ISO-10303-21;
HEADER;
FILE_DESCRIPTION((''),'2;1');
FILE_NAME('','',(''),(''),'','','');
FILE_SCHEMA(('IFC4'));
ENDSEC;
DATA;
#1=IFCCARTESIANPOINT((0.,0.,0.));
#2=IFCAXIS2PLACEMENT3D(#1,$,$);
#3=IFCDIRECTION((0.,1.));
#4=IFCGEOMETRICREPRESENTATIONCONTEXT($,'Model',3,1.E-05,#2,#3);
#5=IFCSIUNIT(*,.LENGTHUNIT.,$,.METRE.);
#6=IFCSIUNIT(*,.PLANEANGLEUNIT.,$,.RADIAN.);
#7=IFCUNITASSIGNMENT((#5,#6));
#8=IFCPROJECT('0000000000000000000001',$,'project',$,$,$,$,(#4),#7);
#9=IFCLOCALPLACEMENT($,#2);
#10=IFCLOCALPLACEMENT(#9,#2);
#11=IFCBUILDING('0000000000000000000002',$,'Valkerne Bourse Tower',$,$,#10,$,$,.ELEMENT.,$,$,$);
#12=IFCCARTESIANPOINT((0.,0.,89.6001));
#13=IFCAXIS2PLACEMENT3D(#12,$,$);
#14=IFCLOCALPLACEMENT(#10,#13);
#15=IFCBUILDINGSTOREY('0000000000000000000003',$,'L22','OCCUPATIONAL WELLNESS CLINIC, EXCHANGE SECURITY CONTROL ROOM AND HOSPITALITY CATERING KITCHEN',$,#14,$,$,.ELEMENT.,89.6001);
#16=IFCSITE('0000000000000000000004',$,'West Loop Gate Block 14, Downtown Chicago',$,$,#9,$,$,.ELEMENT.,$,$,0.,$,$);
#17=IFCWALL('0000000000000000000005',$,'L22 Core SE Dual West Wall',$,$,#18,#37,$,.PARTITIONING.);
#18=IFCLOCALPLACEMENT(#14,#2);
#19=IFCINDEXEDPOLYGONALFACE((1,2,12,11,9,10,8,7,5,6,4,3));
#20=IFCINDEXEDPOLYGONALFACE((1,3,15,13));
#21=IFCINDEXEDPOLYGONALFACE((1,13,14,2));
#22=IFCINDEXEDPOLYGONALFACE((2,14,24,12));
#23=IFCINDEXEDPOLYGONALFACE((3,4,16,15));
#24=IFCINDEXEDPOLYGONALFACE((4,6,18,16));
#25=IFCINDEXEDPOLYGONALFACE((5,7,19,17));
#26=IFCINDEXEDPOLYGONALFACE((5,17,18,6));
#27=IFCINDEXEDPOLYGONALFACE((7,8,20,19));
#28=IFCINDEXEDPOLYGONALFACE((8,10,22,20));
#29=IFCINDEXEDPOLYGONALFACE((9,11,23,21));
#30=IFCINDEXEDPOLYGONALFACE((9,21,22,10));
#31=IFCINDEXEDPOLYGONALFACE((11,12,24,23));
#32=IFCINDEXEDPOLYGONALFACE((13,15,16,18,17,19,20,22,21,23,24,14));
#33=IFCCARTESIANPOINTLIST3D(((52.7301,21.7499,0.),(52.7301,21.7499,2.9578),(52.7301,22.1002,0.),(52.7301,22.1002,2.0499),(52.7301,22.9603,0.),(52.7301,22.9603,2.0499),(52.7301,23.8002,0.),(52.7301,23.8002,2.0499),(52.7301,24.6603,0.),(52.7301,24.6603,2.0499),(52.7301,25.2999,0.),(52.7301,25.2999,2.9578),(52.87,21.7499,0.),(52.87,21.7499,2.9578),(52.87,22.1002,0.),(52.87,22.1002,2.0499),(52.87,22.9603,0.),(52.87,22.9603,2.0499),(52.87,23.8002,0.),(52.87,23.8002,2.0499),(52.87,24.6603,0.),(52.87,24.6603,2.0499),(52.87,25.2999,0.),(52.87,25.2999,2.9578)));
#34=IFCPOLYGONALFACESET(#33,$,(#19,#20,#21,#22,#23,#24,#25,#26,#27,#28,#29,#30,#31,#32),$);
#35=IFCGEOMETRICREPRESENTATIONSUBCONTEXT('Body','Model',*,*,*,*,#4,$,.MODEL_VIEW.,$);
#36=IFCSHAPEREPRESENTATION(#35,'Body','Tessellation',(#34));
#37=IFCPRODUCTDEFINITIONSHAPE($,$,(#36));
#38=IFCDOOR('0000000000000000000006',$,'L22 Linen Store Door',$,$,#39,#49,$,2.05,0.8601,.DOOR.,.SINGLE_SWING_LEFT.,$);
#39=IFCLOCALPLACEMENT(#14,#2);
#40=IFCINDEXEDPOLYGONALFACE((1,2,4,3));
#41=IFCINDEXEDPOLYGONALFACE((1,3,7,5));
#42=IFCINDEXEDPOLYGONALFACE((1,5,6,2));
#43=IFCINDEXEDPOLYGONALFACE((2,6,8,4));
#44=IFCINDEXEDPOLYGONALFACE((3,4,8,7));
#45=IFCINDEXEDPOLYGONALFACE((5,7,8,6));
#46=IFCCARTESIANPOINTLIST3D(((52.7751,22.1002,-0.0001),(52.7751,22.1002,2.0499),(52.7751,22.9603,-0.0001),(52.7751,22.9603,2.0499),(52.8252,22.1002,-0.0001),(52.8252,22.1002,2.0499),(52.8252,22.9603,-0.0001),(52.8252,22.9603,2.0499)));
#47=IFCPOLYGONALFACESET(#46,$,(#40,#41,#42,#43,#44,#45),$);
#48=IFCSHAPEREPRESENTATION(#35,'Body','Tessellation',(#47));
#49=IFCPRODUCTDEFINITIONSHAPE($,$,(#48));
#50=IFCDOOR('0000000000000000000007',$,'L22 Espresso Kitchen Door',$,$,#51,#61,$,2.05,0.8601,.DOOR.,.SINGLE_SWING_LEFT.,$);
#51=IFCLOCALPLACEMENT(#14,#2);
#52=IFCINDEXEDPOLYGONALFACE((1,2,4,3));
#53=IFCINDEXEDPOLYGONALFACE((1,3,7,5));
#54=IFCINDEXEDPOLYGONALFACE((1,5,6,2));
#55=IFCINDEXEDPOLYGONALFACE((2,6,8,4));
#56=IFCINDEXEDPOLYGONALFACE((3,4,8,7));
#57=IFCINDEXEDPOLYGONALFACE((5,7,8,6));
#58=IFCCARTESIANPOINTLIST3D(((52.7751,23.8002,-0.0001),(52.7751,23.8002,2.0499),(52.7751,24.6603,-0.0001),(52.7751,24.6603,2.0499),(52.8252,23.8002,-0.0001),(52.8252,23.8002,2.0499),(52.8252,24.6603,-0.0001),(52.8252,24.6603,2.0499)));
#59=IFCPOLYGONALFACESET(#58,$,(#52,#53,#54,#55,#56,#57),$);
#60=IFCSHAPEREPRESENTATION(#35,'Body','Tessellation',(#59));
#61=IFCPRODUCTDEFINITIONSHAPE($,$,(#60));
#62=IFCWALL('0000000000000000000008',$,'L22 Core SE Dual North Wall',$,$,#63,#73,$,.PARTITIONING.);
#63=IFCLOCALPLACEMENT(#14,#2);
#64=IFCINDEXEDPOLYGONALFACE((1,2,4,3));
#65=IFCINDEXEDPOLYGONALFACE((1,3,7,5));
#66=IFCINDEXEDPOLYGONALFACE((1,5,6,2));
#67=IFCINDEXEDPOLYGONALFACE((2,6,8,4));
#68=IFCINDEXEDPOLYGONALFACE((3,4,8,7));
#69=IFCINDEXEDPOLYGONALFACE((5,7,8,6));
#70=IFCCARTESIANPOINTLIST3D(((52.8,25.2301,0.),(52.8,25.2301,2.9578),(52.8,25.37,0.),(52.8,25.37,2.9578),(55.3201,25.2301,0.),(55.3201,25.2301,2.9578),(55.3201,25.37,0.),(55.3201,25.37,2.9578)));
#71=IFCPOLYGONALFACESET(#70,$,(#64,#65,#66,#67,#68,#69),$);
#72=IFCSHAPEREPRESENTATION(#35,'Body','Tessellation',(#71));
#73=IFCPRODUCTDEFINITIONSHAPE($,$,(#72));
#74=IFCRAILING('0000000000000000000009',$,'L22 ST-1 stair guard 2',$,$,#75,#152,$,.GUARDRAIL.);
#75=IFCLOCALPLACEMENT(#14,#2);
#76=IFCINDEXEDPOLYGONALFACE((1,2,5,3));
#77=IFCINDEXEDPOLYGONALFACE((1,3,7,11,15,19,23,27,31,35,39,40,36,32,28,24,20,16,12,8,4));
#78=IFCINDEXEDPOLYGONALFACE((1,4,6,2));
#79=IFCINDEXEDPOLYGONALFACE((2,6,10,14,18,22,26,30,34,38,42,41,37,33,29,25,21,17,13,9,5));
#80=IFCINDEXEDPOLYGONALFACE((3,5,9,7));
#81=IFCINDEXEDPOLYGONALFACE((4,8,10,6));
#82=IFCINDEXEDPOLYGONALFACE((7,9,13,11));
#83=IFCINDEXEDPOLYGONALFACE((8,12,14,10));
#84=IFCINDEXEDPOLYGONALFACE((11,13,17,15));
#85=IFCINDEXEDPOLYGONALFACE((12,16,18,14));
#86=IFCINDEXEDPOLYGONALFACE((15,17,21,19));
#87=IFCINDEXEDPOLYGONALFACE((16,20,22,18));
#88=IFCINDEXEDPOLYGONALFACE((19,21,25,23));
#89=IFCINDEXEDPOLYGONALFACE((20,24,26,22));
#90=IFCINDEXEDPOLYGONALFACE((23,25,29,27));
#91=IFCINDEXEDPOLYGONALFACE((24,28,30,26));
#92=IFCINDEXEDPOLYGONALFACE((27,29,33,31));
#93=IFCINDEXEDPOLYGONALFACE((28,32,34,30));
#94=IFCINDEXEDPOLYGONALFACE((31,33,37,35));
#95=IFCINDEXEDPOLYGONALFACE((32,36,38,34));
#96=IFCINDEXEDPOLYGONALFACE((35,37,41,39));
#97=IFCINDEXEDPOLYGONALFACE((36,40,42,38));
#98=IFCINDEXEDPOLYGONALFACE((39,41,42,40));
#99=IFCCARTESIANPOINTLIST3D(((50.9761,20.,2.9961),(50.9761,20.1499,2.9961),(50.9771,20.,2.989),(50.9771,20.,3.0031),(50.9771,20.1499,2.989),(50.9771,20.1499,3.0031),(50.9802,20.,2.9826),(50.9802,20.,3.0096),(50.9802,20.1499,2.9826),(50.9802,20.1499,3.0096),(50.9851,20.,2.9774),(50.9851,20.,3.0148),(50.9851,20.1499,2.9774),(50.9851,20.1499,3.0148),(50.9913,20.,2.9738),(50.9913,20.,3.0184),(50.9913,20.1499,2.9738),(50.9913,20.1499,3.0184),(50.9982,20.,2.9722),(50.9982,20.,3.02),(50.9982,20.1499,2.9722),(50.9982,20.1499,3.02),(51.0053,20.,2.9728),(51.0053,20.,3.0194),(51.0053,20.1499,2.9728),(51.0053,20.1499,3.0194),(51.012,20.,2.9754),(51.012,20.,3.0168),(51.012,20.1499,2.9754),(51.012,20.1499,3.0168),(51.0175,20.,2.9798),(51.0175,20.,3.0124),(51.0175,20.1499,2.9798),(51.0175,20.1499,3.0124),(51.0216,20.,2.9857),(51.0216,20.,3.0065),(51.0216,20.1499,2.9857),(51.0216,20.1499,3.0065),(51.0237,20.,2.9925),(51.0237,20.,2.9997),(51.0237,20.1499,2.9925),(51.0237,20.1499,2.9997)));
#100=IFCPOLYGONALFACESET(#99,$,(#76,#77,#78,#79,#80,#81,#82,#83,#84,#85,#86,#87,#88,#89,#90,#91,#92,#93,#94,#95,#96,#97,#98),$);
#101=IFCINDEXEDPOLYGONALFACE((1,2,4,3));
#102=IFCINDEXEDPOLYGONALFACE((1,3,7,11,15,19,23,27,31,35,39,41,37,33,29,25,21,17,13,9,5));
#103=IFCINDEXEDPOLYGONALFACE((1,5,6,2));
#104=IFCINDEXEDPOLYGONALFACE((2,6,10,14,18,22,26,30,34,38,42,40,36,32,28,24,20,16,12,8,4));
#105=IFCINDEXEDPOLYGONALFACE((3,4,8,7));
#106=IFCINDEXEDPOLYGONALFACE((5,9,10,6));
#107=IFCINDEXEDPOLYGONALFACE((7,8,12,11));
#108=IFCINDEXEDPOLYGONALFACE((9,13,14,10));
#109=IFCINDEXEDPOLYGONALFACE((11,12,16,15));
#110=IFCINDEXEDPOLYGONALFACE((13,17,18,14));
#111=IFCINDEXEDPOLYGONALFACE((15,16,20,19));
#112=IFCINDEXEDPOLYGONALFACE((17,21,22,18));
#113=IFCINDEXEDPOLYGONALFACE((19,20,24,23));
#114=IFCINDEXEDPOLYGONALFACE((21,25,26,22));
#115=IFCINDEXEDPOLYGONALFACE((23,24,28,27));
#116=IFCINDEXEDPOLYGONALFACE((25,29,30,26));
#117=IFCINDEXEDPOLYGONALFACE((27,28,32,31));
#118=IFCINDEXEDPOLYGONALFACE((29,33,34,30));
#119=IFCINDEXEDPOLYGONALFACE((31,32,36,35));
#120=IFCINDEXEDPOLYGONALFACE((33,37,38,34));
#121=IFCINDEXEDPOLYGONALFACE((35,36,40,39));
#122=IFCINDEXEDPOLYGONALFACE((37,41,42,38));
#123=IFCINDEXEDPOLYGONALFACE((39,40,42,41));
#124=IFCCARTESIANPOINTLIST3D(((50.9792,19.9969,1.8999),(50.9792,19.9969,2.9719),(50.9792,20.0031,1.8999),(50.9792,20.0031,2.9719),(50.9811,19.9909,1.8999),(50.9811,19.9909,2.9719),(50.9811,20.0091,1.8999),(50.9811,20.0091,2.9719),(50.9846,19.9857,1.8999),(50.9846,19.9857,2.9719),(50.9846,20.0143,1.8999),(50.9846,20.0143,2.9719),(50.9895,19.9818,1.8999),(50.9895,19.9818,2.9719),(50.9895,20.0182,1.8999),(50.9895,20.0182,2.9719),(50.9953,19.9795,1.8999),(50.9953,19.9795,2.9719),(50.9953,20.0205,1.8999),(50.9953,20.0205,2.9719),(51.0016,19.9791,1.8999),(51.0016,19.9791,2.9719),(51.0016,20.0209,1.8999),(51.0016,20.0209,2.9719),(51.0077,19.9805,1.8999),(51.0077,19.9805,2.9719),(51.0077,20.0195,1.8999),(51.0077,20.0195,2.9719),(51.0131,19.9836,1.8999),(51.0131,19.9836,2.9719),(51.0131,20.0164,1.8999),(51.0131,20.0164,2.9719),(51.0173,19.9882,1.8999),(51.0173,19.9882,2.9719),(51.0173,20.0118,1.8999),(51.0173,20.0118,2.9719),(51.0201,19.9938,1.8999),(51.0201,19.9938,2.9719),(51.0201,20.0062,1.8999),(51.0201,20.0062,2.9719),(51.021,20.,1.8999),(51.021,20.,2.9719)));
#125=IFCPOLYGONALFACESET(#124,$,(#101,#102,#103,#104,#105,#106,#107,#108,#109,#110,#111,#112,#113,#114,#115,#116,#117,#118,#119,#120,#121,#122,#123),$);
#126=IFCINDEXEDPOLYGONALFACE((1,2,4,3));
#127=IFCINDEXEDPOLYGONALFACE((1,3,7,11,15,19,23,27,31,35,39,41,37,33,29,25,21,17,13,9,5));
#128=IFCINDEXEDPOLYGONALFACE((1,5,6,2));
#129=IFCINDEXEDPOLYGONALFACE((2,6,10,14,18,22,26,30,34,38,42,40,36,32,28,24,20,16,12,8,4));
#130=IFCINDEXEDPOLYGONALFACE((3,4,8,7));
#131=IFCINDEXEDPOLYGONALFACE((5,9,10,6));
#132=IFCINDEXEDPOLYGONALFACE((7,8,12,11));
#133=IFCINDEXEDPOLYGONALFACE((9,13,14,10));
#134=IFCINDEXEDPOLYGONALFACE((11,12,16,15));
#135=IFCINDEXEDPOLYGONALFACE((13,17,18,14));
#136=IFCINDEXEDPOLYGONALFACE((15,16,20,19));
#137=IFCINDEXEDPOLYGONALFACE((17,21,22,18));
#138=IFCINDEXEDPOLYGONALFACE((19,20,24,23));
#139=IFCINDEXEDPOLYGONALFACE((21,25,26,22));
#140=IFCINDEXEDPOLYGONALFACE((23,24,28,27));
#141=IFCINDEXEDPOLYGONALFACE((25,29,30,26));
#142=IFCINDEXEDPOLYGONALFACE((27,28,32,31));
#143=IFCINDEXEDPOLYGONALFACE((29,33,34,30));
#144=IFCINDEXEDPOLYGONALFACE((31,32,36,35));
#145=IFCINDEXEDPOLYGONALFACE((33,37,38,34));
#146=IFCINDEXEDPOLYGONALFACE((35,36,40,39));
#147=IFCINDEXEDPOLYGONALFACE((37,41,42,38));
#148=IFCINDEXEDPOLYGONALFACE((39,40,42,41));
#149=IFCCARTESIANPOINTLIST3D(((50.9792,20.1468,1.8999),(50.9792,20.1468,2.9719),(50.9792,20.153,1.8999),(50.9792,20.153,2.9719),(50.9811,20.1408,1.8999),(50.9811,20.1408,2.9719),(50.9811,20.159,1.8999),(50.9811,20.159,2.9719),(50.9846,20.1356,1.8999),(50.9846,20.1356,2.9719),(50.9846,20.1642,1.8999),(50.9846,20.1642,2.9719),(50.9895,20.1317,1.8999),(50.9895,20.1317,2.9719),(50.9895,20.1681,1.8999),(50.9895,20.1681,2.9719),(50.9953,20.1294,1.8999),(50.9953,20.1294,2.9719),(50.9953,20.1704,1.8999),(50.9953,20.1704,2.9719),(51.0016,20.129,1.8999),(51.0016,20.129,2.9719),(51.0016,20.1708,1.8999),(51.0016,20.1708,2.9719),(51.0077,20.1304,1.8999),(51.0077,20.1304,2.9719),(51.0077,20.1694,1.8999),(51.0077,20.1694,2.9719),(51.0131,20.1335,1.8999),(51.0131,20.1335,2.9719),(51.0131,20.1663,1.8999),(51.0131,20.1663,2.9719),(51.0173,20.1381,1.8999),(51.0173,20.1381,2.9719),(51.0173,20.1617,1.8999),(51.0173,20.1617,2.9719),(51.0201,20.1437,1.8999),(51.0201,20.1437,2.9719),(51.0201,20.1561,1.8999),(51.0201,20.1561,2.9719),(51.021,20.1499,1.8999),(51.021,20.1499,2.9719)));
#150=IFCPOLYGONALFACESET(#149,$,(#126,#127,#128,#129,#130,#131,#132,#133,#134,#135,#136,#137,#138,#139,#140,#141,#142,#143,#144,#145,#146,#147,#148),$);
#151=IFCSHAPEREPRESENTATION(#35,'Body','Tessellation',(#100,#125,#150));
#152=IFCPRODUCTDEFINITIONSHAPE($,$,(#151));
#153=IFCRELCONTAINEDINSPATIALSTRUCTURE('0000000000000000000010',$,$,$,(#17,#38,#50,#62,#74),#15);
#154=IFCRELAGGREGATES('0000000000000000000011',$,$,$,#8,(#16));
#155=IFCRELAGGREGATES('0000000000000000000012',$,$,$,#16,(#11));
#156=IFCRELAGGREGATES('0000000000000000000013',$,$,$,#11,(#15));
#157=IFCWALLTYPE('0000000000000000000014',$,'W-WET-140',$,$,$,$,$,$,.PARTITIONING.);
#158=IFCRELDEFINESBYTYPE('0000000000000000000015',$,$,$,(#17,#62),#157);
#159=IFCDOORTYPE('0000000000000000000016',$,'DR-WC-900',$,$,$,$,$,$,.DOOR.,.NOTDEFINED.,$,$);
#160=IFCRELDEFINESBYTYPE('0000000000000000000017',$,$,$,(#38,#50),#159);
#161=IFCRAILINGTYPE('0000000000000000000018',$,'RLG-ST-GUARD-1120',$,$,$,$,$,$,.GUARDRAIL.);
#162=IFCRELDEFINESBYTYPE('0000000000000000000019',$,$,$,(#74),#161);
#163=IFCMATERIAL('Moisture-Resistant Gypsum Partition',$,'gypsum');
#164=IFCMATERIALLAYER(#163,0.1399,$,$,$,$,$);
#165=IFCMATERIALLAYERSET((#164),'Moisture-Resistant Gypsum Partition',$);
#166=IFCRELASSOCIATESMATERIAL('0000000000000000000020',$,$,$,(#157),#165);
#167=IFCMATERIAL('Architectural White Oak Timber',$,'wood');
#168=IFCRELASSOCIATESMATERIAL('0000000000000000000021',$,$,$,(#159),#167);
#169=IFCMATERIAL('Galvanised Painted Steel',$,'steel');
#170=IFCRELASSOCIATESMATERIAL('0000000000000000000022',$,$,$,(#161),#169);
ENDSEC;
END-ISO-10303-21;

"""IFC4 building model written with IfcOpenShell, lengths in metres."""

from ifc_helpers import new_model, si_unit, direction, frame, frame_2d, origin, origin_2d, place, context, subcontext, project, spatial, rectangle, circle, extrude, material, layer, layer_set, type_object, element, fill, save


model = new_model("IFC4")

# Units and contexts
model_context = context("Model", 3, precision=1e-05, world=origin(), true_north=direction((0.0, 1.0)))
body_context = subcontext(model_context, "Body", "Model", "MODEL_VIEW")
ifc_project = project(units=[si_unit("LENGTHUNIT", "METRE"), si_unit("PLANEANGLEUNIT", "RADIAN")], contexts=[model_context])

# Site, building, storey
site_placement = place(None, origin())
site = spatial("IfcSite", under=ifc_project, at=site_placement, Name="West Loop Gate Block 14, Downtown Chicago", CompositionType="ELEMENT", RefElevation=0.0)
building_placement = place(site_placement, origin())
building = spatial("IfcBuilding", under=site, at=building_placement, Name="Valkerne Bourse Tower", CompositionType="ELEMENT")
storey_placement = place(building_placement, frame((0.0, 0.0, 89.6001)))
storey = spatial("IfcBuildingStorey", under=building, at=storey_placement, Name="L22", Description="OCCUPATIONAL WELLNESS CLINIC, EXCHANGE SECURITY CONTROL ROOM AND HOSPITALITY CATERING KITCHEN", CompositionType="ELEMENT", Elevation=89.6001)

# Shared definitions
ifc_material_1 = material(Name="Galvanised Painted Steel", Category="steel")

# Wall, openings, doors
ifc_material_2 = material(Name="Moisture-Resistant Gypsum Partition", Category="gypsum")
ifc_layer_1 = layer(ifc_material_2, 0.1399)
ifc_layer_set_1 = layer_set([ifc_layer_1], Name="Moisture-Resistant Gypsum Partition")
wall_type_1 = type_object("IfcWallType", Name="W-WET-140", PredefinedType="PARTITIONING", material=ifc_layer_set_1)
wall_1_placement = place(storey_placement, frame((52.8, 21.75, 0.0), z_axis=(0.0, 0.0, 1.0), x_axis=(0.0, 1.0, 0.0)))
wall_1 = element("IfcWall", 1, at=wall_1_placement, inside=storey, type_object=wall_type_1, Name="L22 Core SE Dual West Wall", PredefinedType="PARTITIONING", context=body_context, shape_type="SweptSolid", body=[
    extrude(rectangle(XDim=3.55, YDim=0.1399, at=frame_2d((1.7749, 0.0))), origin(), (0.0, 0.0, 1.0), 2.9578),
])
opening_1_placement = place(wall_1_placement, frame((0.3501, 0.0, 0.0)))
opening_1 = element("IfcOpeningElement", 2, at=opening_1_placement, cuts=wall_1, PredefinedType="OPENING", context=body_context, shape_type="SweptSolid", body=[
    extrude(rectangle(XDim=0.8601, YDim=2.05, at=frame_2d((0.4302, 1.0249))), frame((0.0, 0.0798, 0.0), z_axis=(0.0, -1.0, 0.0), x_axis=(1.0, 0.0, 0.0)), (0.0, 0.0, 1.0), 0.1599),
])
opening_2_placement = place(wall_1_placement, frame((2.05, 0.0, 0.0)))
opening_2 = element("IfcOpeningElement", 3, at=opening_2_placement, cuts=wall_1, PredefinedType="OPENING", context=body_context, shape_type="SweptSolid", body=[
    extrude(rectangle(XDim=0.8601, YDim=2.05, at=frame_2d((0.4302, 1.0249))), frame((0.0, 0.0798, 0.0), z_axis=(0.0, -1.0, 0.0), x_axis=(1.0, 0.0, 0.0)), (0.0, 0.0, 1.0), 0.1599),
])
ifc_material_3 = material(Name="Architectural White Oak Timber", Category="wood")
door_type_1 = type_object("IfcDoorType", Name="DR-WC-900", OperationType="NOTDEFINED", PredefinedType="DOOR", material=ifc_material_3)
door_1_placement = place(opening_1_placement, origin())
door_1 = element("IfcDoor", 4, at=door_1_placement, inside=storey, type_object=door_type_1, Name="L22 Linen Store Door", OperationType="SINGLE_SWING_LEFT", OverallHeight=2.05, OverallWidth=0.8601, PredefinedType="DOOR", context=body_context, shape_type="SweptSolid", body=[
    extrude(rectangle(XDim=0.8601, YDim=2.05, at=frame_2d((0.4302, 1.0249))), frame((0.0, 0.0249, 0.0), z_axis=(0.0, -1.0, 0.0), x_axis=(1.0, 0.0, 0.0)), (0.0, 0.0, 1.0), 0.05),
])
fill(opening_1, door_1)
door_2_placement = place(opening_2_placement, origin())
door_2 = element("IfcDoor", 5, at=door_2_placement, inside=storey, type_object=door_type_1, Name="L22 Espresso Kitchen Door", OperationType="SINGLE_SWING_LEFT", OverallHeight=2.05, OverallWidth=0.8601, PredefinedType="DOOR", context=body_context, shape_type="SweptSolid", body=[
    extrude(rectangle(XDim=0.8601, YDim=2.05, at=frame_2d((0.4302, 1.0249))), frame((0.0, 0.0249, 0.0), z_axis=(0.0, -1.0, 0.0), x_axis=(1.0, 0.0, 0.0)), (0.0, 0.0, 1.0), 0.05),
])
fill(opening_2, door_2)

# Wall
wall_2_placement = place(storey_placement, frame((52.8, 25.3, 0.0), z_axis=(0.0, 0.0, 1.0), x_axis=(1.0, 0.0, 0.0)))
element("IfcWall", 6, at=wall_2_placement, inside=storey, type_object=wall_type_1, Name="L22 Core SE Dual North Wall", PredefinedType="PARTITIONING", context=body_context, shape_type="SweptSolid", body=[
    extrude(rectangle(XDim=2.52, YDim=0.1399, at=frame_2d((1.26, 0.0))), origin(), (0.0, 0.0, 1.0), 2.9578),
])

# Railing
railing_type_1 = type_object("IfcRailingType", Name="RLG-ST-GUARD-1120", PredefinedType="GUARDRAIL", material=ifc_material_1)
railing_1_placement = place(storey_placement, frame((51.0, 20.0, 1.8999)))
element("IfcRailing", 7, at=railing_1_placement, inside=storey, type_object=railing_type_1, Name="L22 ST-1 stair guard 2", PredefinedType="GUARDRAIL", context=body_context, shape_type="SweptSolid", body=[
    extrude(circle(Radius=0.0239, at=origin_2d()), frame((0.0, 0.0, 1.0962), z_axis=(0.0, 1.0, 0.0), x_axis=(-1.0, 0.0, 0.0)), (0.0, 0.0, 1.0), 0.1499),
    extrude(circle(Radius=0.021, at=origin_2d()), origin(), (0.0, 0.0, 1.0), 1.072),
    extrude(circle(Radius=0.021, at=origin_2d()), frame((0.0, 0.1499, 0.0)), (0.0, 0.0, 1.0), 1.072),
])

save(model, "model.ifc")
